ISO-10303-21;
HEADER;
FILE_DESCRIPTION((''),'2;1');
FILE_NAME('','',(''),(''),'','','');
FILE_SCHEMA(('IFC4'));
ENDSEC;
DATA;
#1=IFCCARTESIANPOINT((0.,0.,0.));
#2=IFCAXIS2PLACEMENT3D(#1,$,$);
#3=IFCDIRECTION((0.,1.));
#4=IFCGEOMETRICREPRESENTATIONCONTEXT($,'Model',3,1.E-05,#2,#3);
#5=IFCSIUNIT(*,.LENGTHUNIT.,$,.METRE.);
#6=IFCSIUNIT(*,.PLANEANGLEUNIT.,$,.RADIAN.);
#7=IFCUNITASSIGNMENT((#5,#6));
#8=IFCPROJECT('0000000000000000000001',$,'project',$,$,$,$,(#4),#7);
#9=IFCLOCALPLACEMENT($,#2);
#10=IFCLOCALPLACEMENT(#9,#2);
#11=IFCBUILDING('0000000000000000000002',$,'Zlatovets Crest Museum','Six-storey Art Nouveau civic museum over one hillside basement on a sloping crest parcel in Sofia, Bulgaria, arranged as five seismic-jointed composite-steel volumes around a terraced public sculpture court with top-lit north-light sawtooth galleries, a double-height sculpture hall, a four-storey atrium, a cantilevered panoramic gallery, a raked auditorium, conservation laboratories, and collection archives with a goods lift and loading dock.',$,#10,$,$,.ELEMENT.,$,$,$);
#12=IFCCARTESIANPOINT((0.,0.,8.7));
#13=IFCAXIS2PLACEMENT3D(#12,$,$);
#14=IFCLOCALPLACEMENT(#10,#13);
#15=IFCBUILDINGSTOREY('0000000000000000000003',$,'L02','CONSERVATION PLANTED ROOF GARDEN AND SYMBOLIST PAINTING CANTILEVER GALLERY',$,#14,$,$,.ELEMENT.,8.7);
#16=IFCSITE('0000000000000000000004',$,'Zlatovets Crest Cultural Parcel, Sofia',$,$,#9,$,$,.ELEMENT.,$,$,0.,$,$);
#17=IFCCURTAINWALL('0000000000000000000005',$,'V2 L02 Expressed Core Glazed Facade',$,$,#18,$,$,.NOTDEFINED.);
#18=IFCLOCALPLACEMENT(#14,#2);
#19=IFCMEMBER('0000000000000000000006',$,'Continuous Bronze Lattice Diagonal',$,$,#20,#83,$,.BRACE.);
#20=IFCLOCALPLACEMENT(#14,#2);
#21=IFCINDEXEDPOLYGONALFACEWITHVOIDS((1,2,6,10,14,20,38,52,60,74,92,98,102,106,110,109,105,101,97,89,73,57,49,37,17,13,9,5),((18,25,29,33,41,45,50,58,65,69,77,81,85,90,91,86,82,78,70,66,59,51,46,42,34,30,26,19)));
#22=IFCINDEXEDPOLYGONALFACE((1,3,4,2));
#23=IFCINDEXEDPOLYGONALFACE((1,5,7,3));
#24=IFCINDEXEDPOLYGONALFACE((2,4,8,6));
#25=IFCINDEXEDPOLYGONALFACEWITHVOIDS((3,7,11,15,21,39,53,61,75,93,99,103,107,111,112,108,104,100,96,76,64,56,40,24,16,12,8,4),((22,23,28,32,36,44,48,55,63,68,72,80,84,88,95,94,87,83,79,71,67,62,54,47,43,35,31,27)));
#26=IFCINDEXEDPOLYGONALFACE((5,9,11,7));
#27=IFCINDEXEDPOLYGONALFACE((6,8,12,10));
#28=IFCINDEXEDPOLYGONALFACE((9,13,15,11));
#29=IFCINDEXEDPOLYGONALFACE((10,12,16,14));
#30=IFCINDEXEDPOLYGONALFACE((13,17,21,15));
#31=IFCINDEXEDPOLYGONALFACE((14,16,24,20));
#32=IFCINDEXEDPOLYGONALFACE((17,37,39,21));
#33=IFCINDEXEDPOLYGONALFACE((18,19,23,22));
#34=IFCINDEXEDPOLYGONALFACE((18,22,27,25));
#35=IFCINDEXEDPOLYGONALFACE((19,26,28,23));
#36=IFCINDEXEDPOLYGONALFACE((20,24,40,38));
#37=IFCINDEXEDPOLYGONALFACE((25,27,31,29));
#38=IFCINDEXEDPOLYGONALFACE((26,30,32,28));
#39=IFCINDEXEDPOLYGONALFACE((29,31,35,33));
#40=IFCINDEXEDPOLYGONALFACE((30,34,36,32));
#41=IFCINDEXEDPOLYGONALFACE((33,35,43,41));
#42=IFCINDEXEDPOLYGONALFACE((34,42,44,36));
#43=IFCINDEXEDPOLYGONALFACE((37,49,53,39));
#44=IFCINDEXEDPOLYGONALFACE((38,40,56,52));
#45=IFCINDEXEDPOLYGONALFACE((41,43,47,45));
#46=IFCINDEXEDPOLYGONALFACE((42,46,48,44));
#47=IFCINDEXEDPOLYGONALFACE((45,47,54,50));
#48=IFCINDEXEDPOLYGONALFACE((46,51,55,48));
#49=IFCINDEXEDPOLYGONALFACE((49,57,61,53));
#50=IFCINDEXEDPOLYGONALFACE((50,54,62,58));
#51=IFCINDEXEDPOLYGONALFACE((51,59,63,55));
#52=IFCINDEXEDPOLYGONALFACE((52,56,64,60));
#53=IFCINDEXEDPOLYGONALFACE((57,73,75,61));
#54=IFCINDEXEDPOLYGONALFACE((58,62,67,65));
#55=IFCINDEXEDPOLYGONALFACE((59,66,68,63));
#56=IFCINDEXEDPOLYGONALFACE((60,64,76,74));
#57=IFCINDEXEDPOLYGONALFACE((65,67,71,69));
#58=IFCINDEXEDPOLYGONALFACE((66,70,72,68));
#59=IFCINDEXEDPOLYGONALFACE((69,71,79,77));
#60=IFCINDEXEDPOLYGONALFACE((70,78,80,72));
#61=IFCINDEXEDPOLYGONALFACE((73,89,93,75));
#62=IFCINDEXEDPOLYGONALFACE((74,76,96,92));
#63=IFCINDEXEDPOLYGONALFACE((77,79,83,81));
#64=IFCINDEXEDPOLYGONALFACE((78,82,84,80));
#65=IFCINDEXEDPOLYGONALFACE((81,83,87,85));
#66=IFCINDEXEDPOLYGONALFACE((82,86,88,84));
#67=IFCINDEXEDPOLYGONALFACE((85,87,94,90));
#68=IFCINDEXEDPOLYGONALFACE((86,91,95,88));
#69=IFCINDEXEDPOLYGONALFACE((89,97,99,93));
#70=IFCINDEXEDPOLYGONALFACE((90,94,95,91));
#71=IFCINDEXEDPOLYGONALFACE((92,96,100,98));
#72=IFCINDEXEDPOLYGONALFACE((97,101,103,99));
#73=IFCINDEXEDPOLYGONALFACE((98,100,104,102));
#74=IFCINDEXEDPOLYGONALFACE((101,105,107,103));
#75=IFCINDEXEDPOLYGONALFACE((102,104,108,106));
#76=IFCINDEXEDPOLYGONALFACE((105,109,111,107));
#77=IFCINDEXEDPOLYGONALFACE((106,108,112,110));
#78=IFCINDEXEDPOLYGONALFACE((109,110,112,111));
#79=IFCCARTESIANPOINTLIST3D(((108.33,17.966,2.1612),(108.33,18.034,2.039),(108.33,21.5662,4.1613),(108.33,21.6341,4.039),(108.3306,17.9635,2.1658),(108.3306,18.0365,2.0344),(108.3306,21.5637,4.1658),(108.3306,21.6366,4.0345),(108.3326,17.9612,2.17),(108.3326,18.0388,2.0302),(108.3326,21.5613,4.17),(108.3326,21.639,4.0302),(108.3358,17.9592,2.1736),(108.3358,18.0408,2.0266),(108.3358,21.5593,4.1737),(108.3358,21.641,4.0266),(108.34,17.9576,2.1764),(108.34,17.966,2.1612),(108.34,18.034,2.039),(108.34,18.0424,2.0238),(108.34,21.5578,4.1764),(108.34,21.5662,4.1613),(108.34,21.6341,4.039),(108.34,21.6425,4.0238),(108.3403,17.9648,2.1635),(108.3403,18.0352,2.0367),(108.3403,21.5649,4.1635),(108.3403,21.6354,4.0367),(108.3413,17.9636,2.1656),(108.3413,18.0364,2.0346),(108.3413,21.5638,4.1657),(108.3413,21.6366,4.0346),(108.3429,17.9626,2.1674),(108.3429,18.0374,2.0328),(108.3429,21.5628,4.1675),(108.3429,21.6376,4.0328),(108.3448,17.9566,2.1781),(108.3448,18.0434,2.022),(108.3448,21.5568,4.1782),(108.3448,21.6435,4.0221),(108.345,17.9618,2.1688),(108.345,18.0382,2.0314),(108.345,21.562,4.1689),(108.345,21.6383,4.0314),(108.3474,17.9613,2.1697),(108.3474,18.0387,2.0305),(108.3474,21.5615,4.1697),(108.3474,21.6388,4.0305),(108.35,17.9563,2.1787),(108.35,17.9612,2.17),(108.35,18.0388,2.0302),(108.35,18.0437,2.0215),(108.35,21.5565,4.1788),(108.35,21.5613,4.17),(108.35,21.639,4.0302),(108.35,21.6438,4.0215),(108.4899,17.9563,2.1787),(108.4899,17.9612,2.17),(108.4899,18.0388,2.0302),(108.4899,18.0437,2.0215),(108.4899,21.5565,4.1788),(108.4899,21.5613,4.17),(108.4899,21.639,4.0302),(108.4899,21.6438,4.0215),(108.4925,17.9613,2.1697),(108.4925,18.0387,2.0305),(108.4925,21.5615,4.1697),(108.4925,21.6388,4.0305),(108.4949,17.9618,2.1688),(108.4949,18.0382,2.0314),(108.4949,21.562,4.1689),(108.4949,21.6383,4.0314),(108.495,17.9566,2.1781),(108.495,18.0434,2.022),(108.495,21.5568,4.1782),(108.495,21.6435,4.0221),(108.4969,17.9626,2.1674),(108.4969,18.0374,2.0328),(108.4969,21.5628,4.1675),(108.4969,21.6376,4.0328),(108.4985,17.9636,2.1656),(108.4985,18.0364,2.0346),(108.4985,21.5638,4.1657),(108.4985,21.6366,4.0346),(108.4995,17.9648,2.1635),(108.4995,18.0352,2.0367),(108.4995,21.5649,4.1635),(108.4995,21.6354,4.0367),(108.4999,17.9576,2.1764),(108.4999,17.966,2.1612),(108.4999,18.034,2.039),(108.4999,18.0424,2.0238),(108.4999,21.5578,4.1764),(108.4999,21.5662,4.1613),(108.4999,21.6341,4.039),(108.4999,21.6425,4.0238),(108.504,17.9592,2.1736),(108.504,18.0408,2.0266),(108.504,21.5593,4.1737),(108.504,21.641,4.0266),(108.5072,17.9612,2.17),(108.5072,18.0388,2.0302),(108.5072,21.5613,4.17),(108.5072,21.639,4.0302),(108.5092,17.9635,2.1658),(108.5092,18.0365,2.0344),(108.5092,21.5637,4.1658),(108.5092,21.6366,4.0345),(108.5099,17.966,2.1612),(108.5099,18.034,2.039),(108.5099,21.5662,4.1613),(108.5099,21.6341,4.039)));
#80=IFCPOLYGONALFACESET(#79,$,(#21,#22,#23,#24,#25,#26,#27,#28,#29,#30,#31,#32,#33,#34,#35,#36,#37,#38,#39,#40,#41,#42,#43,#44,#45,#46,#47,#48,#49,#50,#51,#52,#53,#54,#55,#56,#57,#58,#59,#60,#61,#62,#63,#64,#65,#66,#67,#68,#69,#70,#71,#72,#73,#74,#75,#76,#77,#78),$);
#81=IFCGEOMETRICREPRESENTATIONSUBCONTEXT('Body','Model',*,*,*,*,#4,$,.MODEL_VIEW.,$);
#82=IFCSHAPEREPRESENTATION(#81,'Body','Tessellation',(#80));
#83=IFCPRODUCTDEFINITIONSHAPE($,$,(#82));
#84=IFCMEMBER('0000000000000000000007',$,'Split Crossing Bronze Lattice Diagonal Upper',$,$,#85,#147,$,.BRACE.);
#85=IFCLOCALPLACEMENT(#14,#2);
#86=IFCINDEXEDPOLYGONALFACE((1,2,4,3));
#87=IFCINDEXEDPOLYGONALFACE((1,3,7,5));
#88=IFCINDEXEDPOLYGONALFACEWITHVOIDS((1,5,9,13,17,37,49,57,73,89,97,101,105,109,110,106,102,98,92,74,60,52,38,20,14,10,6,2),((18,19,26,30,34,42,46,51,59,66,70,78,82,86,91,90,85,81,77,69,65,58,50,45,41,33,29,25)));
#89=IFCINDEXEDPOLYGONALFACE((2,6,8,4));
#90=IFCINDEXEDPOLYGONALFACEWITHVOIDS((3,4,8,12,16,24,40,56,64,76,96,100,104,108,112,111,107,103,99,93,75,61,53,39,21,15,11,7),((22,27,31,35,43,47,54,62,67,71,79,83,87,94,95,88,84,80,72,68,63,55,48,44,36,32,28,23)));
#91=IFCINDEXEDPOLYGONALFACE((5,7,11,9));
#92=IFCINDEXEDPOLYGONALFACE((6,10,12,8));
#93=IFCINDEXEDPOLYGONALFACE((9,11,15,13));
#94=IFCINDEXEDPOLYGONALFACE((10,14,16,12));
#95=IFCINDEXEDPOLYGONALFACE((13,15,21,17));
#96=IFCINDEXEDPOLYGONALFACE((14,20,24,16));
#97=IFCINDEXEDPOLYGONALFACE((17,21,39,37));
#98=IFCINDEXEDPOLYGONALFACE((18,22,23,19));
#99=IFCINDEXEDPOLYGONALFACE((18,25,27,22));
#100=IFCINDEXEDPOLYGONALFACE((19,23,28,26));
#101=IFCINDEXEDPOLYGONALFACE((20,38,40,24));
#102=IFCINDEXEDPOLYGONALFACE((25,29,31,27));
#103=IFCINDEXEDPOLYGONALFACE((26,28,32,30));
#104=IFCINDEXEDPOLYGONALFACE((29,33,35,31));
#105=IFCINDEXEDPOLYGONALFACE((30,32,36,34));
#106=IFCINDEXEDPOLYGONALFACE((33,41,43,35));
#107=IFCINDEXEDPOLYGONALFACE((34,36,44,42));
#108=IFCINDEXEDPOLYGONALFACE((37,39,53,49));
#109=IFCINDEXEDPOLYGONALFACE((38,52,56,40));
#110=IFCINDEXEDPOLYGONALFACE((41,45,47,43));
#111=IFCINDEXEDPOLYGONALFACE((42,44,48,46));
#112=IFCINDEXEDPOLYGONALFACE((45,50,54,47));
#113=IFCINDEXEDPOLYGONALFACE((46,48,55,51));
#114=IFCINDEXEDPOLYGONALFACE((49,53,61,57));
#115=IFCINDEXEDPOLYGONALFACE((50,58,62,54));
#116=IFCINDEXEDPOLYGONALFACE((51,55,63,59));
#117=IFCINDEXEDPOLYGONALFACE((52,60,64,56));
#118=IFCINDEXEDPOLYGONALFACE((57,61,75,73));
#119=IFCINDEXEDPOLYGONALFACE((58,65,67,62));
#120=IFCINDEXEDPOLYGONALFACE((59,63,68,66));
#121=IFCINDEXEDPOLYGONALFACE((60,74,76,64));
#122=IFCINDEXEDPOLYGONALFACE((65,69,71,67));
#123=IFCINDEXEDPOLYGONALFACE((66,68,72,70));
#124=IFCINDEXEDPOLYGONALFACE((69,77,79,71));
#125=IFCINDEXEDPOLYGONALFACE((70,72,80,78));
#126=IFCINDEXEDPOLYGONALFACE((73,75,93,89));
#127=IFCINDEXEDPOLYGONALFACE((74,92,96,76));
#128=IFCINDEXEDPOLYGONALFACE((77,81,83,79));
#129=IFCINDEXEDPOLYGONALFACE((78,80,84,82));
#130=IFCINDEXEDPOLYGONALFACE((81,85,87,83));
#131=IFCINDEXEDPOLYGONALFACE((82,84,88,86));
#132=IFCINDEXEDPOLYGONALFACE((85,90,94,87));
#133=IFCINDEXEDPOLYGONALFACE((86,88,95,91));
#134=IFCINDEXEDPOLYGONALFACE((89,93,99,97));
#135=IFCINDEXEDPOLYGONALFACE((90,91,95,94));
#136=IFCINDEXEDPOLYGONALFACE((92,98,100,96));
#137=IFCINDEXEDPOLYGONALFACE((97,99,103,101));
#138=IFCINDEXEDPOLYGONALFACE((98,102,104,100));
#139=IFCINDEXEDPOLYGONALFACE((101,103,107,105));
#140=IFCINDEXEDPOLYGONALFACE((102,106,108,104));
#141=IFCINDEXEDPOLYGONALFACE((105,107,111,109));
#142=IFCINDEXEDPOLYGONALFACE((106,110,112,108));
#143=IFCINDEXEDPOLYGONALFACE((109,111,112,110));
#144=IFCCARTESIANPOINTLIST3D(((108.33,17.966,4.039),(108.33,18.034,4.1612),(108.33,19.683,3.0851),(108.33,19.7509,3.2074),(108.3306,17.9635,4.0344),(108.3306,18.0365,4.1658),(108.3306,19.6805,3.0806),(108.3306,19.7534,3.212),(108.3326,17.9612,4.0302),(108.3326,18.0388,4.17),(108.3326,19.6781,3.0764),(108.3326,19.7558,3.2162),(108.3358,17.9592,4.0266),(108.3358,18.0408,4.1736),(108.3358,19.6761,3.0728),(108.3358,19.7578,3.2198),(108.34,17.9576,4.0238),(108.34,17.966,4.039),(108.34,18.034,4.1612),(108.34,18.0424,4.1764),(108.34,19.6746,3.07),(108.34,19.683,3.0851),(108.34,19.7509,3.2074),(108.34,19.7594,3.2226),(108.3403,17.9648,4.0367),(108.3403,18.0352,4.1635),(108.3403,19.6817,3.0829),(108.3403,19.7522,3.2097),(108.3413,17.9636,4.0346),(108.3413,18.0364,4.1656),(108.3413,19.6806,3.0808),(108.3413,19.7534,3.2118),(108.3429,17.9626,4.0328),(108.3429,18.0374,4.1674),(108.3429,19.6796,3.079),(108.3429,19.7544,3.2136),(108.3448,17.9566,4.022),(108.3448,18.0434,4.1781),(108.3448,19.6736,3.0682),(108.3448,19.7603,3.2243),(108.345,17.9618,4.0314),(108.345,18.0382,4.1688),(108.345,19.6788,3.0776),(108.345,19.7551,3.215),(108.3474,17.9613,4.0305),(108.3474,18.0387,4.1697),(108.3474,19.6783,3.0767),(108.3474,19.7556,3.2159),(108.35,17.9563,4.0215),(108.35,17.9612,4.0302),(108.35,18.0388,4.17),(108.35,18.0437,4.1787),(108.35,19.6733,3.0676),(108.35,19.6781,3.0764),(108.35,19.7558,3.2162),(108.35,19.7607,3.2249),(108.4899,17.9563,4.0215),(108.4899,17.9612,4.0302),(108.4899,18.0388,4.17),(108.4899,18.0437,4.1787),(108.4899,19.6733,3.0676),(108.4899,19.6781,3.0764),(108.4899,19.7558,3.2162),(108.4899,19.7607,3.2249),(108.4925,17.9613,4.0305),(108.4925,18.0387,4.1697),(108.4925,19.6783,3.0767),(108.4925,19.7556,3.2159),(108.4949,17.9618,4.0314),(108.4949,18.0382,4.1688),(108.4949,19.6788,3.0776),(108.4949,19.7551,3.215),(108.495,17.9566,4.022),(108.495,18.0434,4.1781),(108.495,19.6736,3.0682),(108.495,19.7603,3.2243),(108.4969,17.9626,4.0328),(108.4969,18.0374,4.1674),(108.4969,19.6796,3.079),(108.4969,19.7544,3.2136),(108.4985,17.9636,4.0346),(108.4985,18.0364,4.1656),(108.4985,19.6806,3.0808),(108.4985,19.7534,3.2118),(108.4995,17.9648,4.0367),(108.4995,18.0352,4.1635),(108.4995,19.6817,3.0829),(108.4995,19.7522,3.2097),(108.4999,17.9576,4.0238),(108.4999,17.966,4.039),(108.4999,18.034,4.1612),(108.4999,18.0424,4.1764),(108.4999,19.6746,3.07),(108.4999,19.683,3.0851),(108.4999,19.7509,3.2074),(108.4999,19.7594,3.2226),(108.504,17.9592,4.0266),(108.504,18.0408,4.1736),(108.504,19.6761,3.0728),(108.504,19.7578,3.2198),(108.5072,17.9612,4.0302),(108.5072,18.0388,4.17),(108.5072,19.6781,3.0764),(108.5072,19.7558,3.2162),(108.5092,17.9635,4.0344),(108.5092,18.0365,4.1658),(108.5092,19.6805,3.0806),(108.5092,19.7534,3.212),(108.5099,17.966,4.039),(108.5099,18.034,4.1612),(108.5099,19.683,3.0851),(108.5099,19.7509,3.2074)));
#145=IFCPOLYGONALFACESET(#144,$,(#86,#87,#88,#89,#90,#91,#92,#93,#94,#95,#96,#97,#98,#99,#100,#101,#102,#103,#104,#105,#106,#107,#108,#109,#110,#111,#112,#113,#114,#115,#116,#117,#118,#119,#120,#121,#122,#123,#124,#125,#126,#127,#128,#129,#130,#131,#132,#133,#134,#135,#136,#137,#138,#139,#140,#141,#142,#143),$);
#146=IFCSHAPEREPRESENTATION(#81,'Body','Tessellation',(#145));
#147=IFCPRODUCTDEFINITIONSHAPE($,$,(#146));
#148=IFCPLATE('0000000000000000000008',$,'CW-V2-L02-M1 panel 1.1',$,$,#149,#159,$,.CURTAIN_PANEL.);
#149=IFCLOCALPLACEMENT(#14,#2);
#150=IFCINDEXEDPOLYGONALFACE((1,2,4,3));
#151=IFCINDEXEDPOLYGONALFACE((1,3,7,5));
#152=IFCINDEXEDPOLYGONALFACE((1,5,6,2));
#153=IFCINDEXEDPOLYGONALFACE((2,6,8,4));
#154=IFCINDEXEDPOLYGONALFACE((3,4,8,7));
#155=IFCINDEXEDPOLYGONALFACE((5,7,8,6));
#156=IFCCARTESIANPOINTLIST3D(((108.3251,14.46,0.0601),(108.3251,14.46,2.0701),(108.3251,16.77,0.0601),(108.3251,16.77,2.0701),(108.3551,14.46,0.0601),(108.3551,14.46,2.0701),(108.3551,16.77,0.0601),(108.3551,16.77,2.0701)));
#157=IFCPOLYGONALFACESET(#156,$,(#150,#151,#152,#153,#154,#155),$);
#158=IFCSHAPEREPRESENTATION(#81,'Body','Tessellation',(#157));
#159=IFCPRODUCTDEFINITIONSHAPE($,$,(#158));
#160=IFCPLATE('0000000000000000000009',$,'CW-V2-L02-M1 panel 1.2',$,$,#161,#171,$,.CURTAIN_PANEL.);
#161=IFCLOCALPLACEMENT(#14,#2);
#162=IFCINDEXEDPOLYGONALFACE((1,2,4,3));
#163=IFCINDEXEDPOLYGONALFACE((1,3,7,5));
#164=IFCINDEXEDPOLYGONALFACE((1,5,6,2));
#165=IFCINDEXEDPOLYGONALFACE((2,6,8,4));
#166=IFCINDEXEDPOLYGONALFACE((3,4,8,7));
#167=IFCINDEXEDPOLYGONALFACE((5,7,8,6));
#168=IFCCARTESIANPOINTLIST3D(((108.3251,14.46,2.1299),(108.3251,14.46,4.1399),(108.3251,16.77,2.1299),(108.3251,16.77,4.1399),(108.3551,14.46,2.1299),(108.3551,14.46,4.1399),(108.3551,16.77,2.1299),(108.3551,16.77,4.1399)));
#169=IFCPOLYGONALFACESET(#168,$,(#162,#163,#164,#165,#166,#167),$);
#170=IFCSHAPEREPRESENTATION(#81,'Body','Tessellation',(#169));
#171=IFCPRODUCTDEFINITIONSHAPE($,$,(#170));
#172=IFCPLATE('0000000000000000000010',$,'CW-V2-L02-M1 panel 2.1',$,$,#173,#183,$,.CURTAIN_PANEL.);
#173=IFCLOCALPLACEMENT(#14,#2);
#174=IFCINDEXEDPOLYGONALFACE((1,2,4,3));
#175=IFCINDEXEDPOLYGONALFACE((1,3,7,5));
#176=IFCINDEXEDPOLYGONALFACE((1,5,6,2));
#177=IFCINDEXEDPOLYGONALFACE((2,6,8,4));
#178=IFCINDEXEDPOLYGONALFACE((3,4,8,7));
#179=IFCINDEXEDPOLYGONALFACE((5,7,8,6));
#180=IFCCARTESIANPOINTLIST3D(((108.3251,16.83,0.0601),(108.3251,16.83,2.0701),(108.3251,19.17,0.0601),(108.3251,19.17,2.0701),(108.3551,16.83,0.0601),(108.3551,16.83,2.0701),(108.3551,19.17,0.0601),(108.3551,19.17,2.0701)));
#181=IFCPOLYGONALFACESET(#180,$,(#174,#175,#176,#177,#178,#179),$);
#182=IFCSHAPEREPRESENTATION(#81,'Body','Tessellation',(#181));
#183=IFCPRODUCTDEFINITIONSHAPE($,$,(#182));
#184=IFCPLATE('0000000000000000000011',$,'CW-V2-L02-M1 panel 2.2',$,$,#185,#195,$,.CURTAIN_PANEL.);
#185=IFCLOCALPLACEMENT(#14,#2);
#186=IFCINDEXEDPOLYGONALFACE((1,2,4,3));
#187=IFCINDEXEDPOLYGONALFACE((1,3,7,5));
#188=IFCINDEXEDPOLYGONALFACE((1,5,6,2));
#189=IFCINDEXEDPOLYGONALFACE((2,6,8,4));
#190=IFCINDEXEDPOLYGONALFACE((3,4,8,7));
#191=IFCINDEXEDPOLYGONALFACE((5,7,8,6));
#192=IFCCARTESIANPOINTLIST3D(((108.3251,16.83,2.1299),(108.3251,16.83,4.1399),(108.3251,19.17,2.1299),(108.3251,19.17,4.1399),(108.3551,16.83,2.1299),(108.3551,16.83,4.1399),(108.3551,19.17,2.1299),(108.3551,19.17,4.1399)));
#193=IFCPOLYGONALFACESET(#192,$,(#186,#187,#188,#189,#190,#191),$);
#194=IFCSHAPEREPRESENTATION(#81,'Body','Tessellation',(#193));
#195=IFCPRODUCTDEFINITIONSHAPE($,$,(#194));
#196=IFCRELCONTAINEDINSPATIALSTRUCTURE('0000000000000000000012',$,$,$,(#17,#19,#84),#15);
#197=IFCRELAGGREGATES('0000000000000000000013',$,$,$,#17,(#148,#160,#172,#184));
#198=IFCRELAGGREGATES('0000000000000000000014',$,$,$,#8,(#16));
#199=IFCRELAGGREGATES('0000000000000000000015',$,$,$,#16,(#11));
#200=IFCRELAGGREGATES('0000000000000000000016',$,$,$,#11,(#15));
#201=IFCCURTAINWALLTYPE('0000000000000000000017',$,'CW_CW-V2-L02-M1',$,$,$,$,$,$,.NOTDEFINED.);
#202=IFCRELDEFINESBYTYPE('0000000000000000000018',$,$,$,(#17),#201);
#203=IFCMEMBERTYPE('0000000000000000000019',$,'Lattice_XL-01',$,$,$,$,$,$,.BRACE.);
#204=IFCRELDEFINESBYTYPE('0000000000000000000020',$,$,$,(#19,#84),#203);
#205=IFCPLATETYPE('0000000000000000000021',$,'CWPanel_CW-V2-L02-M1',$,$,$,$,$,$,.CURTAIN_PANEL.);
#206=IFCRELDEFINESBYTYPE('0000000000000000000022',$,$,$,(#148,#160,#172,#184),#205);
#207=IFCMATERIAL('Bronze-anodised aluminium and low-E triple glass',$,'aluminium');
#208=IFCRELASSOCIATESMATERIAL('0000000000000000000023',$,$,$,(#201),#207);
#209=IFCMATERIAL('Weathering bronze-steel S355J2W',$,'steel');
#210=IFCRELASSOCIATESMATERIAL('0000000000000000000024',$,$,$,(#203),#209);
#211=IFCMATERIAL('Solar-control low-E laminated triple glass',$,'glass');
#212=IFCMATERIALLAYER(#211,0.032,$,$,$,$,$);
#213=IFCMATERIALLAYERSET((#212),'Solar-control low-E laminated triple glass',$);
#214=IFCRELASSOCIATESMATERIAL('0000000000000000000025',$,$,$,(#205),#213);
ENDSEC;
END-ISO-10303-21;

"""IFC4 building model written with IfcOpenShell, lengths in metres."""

from ifc_helpers import new_model, si_unit, direction, frame, origin, origin_2d, place, context, subcontext, project, spatial, rectangle, hollow_rectangle, extrude, material, layer, layer_set, material_profile, profile_set, type_object, element, aggregate, save


model = new_model("IFC4")

# Units and contexts
model_context = context("Model", 3, precision=1e-05, world=origin(), true_north=direction((0.0, 1.0)))
body_context = subcontext(model_context, "Body", "Model", "MODEL_VIEW")
ifc_project = project(units=[si_unit("LENGTHUNIT", "METRE"), si_unit("PLANEANGLEUNIT", "RADIAN")], contexts=[model_context])

# Site, building, storey
site_placement = place(None, origin())
site = spatial("IfcSite", under=ifc_project, at=site_placement, Name="Zlatovets Crest Cultural Parcel, Sofia", CompositionType="ELEMENT", RefElevation=0.0)
building_placement = place(site_placement, origin())
building = spatial("IfcBuilding", under=site, at=building_placement, Name="Zlatovets Crest Museum", Description="Six-storey Art Nouveau civic museum over one hillside basement on a sloping crest parcel in Sofia, Bulgaria, arranged as five seismic-jointed composite-steel volumes around a terraced public sculpture court with top-lit north-light sawtooth galleries, a double-height sculpture hall, a four-storey atrium, a cantilevered panoramic gallery, a raked auditorium, conservation laboratories, and collection archives with a goods lift and loading dock.", CompositionType="ELEMENT")
storey_placement = place(building_placement, frame((0.0, 0.0, 8.7)))
storey = spatial("IfcBuildingStorey", under=building, at=storey_placement, Name="L02", Description="CONSERVATION PLANTED ROOF GARDEN AND SYMBOLIST PAINTING CANTILEVER GALLERY", CompositionType="ELEMENT", Elevation=8.7)

# Curtain wall
ifc_material_1 = material(Name="Bronze-anodised aluminium and low-E triple glass", Category="aluminium")
curtain_wall_type_1 = type_object("IfcCurtainWallType", Name="CW_CW-V2-L02-M1", PredefinedType="NOTDEFINED", material=ifc_material_1)
curtain_wall_1_placement = place(storey_placement, origin())
curtain_wall_1 = element("IfcCurtainWall", 1, at=curtain_wall_1_placement, inside=storey, type_object=curtain_wall_type_1, Name="V2 L02 Expressed Core Glazed Facade", PredefinedType="NOTDEFINED")

# Members
ifc_material_2 = material(Name="Weathering bronze-steel S355J2W", Category="steel")
ifc_material_profile_1 = material_profile(ifc_material_2, hollow_rectangle(XDim=0.1799, YDim=0.1799, WallThickness=0.01, InnerFilletRadius=0.01, OuterFilletRadius=0.02, at=origin_2d()), Name="SHS 180x180x10.0")
ifc_profile_set_1 = profile_set([ifc_material_profile_1], Name="Weathering bronze-steel S355J2W")
member_type_1 = type_object("IfcMemberType", Name="Lattice_XL-01", PredefinedType="BRACE", material=ifc_profile_set_1)
member_1_placement = place(storey_placement, frame((108.4199, 18.0, 2.1001), z_axis=(0.0, 0.874163, 0.485633), x_axis=(-1.0, 0.0, 0.0)))
element("IfcMember", 2, at=member_1_placement, inside=storey, type_object=member_type_1, Name="Continuous Bronze Lattice Diagonal", PredefinedType="BRACE", context=body_context, shape_type="SweptSolid", body=[
    extrude(hollow_rectangle(XDim=0.1799, YDim=0.1799, WallThickness=0.01, InnerFilletRadius=0.01, OuterFilletRadius=0.02, at=origin_2d()), origin(), (0.0, 0.0, 1.0), 4.1184),
])
member_2_placement = place(storey_placement, frame((108.4199, 18.0, 4.1001), z_axis=(0.0, 0.874169, -0.485622), x_axis=(-1.0, 0.0, 0.0)))
element("IfcMember", 3, at=member_2_placement, inside=storey, type_object=member_type_1, Name="Split Crossing Bronze Lattice Diagonal Upper", PredefinedType="BRACE", context=body_context, shape_type="SweptSolid", body=[
    extrude(hollow_rectangle(XDim=0.1799, YDim=0.1799, WallThickness=0.01, InnerFilletRadius=0.01, OuterFilletRadius=0.02, at=origin_2d()), origin(), (0.0, 0.0, 1.0), 1.9641),
])

# Plates
ifc_material_3 = material(Name="Solar-control low-E laminated triple glass", Category="glass")
ifc_layer_1 = layer(ifc_material_3, 0.032)
ifc_layer_set_1 = layer_set([ifc_layer_1], Name="Solar-control low-E laminated triple glass")
plate_type_1 = type_object("IfcPlateType", Name="CWPanel_CW-V2-L02-M1", PredefinedType="CURTAIN_PANEL", material=ifc_layer_set_1)
plate_1_placement = place(storey_placement, frame((108.3401, 15.615, 0.0601), z_axis=(0.0, 0.0, 1.0), x_axis=(0.0, 1.0, 0.0)))
plate_1 = element("IfcPlate", 4, at=plate_1_placement, type_object=plate_type_1, Name="CW-V2-L02-M1 panel 1.1", PredefinedType="CURTAIN_PANEL", context=body_context, shape_type="SweptSolid", body=[
    extrude(rectangle(XDim=2.3101, YDim=0.03, at=origin_2d()), origin(), (0.0, 0.0, 1.0), 2.01),
])
plate_2_placement = place(storey_placement, frame((108.3401, 15.615, 2.1299), z_axis=(0.0, 0.0, 1.0), x_axis=(0.0, 1.0, 0.0)))
plate_2 = element("IfcPlate", 5, at=plate_2_placement, type_object=plate_type_1, Name="CW-V2-L02-M1 panel 1.2", PredefinedType="CURTAIN_PANEL", context=body_context, shape_type="SweptSolid", body=[
    extrude(rectangle(XDim=2.3101, YDim=0.03, at=origin_2d()), origin(), (0.0, 0.0, 1.0), 2.01),
])
plate_3_placement = place(storey_placement, frame((108.3401, 18.0, 0.0601), z_axis=(0.0, 0.0, 1.0), x_axis=(0.0, 1.0, 0.0)))
plate_3 = element("IfcPlate", 6, at=plate_3_placement, type_object=plate_type_1, Name="CW-V2-L02-M1 panel 2.1", PredefinedType="CURTAIN_PANEL", context=body_context, shape_type="SweptSolid", body=[
    extrude(rectangle(XDim=2.3401, YDim=0.03, at=origin_2d()), origin(), (0.0, 0.0, 1.0), 2.01),
])
plate_4_placement = place(storey_placement, frame((108.3401, 18.0, 2.1299), z_axis=(0.0, 0.0, 1.0), x_axis=(0.0, 1.0, 0.0)))
plate_4 = element("IfcPlate", 7, at=plate_4_placement, type_object=plate_type_1, Name="CW-V2-L02-M1 panel 2.2", PredefinedType="CURTAIN_PANEL", context=body_context, shape_type="SweptSolid", body=[
    extrude(rectangle(XDim=2.3401, YDim=0.03, at=origin_2d()), origin(), (0.0, 0.0, 1.0), 2.01),
])
aggregate(curtain_wall_1, [plate_1, plate_2, plate_3, plate_4])

save(model, "model.ifc")
